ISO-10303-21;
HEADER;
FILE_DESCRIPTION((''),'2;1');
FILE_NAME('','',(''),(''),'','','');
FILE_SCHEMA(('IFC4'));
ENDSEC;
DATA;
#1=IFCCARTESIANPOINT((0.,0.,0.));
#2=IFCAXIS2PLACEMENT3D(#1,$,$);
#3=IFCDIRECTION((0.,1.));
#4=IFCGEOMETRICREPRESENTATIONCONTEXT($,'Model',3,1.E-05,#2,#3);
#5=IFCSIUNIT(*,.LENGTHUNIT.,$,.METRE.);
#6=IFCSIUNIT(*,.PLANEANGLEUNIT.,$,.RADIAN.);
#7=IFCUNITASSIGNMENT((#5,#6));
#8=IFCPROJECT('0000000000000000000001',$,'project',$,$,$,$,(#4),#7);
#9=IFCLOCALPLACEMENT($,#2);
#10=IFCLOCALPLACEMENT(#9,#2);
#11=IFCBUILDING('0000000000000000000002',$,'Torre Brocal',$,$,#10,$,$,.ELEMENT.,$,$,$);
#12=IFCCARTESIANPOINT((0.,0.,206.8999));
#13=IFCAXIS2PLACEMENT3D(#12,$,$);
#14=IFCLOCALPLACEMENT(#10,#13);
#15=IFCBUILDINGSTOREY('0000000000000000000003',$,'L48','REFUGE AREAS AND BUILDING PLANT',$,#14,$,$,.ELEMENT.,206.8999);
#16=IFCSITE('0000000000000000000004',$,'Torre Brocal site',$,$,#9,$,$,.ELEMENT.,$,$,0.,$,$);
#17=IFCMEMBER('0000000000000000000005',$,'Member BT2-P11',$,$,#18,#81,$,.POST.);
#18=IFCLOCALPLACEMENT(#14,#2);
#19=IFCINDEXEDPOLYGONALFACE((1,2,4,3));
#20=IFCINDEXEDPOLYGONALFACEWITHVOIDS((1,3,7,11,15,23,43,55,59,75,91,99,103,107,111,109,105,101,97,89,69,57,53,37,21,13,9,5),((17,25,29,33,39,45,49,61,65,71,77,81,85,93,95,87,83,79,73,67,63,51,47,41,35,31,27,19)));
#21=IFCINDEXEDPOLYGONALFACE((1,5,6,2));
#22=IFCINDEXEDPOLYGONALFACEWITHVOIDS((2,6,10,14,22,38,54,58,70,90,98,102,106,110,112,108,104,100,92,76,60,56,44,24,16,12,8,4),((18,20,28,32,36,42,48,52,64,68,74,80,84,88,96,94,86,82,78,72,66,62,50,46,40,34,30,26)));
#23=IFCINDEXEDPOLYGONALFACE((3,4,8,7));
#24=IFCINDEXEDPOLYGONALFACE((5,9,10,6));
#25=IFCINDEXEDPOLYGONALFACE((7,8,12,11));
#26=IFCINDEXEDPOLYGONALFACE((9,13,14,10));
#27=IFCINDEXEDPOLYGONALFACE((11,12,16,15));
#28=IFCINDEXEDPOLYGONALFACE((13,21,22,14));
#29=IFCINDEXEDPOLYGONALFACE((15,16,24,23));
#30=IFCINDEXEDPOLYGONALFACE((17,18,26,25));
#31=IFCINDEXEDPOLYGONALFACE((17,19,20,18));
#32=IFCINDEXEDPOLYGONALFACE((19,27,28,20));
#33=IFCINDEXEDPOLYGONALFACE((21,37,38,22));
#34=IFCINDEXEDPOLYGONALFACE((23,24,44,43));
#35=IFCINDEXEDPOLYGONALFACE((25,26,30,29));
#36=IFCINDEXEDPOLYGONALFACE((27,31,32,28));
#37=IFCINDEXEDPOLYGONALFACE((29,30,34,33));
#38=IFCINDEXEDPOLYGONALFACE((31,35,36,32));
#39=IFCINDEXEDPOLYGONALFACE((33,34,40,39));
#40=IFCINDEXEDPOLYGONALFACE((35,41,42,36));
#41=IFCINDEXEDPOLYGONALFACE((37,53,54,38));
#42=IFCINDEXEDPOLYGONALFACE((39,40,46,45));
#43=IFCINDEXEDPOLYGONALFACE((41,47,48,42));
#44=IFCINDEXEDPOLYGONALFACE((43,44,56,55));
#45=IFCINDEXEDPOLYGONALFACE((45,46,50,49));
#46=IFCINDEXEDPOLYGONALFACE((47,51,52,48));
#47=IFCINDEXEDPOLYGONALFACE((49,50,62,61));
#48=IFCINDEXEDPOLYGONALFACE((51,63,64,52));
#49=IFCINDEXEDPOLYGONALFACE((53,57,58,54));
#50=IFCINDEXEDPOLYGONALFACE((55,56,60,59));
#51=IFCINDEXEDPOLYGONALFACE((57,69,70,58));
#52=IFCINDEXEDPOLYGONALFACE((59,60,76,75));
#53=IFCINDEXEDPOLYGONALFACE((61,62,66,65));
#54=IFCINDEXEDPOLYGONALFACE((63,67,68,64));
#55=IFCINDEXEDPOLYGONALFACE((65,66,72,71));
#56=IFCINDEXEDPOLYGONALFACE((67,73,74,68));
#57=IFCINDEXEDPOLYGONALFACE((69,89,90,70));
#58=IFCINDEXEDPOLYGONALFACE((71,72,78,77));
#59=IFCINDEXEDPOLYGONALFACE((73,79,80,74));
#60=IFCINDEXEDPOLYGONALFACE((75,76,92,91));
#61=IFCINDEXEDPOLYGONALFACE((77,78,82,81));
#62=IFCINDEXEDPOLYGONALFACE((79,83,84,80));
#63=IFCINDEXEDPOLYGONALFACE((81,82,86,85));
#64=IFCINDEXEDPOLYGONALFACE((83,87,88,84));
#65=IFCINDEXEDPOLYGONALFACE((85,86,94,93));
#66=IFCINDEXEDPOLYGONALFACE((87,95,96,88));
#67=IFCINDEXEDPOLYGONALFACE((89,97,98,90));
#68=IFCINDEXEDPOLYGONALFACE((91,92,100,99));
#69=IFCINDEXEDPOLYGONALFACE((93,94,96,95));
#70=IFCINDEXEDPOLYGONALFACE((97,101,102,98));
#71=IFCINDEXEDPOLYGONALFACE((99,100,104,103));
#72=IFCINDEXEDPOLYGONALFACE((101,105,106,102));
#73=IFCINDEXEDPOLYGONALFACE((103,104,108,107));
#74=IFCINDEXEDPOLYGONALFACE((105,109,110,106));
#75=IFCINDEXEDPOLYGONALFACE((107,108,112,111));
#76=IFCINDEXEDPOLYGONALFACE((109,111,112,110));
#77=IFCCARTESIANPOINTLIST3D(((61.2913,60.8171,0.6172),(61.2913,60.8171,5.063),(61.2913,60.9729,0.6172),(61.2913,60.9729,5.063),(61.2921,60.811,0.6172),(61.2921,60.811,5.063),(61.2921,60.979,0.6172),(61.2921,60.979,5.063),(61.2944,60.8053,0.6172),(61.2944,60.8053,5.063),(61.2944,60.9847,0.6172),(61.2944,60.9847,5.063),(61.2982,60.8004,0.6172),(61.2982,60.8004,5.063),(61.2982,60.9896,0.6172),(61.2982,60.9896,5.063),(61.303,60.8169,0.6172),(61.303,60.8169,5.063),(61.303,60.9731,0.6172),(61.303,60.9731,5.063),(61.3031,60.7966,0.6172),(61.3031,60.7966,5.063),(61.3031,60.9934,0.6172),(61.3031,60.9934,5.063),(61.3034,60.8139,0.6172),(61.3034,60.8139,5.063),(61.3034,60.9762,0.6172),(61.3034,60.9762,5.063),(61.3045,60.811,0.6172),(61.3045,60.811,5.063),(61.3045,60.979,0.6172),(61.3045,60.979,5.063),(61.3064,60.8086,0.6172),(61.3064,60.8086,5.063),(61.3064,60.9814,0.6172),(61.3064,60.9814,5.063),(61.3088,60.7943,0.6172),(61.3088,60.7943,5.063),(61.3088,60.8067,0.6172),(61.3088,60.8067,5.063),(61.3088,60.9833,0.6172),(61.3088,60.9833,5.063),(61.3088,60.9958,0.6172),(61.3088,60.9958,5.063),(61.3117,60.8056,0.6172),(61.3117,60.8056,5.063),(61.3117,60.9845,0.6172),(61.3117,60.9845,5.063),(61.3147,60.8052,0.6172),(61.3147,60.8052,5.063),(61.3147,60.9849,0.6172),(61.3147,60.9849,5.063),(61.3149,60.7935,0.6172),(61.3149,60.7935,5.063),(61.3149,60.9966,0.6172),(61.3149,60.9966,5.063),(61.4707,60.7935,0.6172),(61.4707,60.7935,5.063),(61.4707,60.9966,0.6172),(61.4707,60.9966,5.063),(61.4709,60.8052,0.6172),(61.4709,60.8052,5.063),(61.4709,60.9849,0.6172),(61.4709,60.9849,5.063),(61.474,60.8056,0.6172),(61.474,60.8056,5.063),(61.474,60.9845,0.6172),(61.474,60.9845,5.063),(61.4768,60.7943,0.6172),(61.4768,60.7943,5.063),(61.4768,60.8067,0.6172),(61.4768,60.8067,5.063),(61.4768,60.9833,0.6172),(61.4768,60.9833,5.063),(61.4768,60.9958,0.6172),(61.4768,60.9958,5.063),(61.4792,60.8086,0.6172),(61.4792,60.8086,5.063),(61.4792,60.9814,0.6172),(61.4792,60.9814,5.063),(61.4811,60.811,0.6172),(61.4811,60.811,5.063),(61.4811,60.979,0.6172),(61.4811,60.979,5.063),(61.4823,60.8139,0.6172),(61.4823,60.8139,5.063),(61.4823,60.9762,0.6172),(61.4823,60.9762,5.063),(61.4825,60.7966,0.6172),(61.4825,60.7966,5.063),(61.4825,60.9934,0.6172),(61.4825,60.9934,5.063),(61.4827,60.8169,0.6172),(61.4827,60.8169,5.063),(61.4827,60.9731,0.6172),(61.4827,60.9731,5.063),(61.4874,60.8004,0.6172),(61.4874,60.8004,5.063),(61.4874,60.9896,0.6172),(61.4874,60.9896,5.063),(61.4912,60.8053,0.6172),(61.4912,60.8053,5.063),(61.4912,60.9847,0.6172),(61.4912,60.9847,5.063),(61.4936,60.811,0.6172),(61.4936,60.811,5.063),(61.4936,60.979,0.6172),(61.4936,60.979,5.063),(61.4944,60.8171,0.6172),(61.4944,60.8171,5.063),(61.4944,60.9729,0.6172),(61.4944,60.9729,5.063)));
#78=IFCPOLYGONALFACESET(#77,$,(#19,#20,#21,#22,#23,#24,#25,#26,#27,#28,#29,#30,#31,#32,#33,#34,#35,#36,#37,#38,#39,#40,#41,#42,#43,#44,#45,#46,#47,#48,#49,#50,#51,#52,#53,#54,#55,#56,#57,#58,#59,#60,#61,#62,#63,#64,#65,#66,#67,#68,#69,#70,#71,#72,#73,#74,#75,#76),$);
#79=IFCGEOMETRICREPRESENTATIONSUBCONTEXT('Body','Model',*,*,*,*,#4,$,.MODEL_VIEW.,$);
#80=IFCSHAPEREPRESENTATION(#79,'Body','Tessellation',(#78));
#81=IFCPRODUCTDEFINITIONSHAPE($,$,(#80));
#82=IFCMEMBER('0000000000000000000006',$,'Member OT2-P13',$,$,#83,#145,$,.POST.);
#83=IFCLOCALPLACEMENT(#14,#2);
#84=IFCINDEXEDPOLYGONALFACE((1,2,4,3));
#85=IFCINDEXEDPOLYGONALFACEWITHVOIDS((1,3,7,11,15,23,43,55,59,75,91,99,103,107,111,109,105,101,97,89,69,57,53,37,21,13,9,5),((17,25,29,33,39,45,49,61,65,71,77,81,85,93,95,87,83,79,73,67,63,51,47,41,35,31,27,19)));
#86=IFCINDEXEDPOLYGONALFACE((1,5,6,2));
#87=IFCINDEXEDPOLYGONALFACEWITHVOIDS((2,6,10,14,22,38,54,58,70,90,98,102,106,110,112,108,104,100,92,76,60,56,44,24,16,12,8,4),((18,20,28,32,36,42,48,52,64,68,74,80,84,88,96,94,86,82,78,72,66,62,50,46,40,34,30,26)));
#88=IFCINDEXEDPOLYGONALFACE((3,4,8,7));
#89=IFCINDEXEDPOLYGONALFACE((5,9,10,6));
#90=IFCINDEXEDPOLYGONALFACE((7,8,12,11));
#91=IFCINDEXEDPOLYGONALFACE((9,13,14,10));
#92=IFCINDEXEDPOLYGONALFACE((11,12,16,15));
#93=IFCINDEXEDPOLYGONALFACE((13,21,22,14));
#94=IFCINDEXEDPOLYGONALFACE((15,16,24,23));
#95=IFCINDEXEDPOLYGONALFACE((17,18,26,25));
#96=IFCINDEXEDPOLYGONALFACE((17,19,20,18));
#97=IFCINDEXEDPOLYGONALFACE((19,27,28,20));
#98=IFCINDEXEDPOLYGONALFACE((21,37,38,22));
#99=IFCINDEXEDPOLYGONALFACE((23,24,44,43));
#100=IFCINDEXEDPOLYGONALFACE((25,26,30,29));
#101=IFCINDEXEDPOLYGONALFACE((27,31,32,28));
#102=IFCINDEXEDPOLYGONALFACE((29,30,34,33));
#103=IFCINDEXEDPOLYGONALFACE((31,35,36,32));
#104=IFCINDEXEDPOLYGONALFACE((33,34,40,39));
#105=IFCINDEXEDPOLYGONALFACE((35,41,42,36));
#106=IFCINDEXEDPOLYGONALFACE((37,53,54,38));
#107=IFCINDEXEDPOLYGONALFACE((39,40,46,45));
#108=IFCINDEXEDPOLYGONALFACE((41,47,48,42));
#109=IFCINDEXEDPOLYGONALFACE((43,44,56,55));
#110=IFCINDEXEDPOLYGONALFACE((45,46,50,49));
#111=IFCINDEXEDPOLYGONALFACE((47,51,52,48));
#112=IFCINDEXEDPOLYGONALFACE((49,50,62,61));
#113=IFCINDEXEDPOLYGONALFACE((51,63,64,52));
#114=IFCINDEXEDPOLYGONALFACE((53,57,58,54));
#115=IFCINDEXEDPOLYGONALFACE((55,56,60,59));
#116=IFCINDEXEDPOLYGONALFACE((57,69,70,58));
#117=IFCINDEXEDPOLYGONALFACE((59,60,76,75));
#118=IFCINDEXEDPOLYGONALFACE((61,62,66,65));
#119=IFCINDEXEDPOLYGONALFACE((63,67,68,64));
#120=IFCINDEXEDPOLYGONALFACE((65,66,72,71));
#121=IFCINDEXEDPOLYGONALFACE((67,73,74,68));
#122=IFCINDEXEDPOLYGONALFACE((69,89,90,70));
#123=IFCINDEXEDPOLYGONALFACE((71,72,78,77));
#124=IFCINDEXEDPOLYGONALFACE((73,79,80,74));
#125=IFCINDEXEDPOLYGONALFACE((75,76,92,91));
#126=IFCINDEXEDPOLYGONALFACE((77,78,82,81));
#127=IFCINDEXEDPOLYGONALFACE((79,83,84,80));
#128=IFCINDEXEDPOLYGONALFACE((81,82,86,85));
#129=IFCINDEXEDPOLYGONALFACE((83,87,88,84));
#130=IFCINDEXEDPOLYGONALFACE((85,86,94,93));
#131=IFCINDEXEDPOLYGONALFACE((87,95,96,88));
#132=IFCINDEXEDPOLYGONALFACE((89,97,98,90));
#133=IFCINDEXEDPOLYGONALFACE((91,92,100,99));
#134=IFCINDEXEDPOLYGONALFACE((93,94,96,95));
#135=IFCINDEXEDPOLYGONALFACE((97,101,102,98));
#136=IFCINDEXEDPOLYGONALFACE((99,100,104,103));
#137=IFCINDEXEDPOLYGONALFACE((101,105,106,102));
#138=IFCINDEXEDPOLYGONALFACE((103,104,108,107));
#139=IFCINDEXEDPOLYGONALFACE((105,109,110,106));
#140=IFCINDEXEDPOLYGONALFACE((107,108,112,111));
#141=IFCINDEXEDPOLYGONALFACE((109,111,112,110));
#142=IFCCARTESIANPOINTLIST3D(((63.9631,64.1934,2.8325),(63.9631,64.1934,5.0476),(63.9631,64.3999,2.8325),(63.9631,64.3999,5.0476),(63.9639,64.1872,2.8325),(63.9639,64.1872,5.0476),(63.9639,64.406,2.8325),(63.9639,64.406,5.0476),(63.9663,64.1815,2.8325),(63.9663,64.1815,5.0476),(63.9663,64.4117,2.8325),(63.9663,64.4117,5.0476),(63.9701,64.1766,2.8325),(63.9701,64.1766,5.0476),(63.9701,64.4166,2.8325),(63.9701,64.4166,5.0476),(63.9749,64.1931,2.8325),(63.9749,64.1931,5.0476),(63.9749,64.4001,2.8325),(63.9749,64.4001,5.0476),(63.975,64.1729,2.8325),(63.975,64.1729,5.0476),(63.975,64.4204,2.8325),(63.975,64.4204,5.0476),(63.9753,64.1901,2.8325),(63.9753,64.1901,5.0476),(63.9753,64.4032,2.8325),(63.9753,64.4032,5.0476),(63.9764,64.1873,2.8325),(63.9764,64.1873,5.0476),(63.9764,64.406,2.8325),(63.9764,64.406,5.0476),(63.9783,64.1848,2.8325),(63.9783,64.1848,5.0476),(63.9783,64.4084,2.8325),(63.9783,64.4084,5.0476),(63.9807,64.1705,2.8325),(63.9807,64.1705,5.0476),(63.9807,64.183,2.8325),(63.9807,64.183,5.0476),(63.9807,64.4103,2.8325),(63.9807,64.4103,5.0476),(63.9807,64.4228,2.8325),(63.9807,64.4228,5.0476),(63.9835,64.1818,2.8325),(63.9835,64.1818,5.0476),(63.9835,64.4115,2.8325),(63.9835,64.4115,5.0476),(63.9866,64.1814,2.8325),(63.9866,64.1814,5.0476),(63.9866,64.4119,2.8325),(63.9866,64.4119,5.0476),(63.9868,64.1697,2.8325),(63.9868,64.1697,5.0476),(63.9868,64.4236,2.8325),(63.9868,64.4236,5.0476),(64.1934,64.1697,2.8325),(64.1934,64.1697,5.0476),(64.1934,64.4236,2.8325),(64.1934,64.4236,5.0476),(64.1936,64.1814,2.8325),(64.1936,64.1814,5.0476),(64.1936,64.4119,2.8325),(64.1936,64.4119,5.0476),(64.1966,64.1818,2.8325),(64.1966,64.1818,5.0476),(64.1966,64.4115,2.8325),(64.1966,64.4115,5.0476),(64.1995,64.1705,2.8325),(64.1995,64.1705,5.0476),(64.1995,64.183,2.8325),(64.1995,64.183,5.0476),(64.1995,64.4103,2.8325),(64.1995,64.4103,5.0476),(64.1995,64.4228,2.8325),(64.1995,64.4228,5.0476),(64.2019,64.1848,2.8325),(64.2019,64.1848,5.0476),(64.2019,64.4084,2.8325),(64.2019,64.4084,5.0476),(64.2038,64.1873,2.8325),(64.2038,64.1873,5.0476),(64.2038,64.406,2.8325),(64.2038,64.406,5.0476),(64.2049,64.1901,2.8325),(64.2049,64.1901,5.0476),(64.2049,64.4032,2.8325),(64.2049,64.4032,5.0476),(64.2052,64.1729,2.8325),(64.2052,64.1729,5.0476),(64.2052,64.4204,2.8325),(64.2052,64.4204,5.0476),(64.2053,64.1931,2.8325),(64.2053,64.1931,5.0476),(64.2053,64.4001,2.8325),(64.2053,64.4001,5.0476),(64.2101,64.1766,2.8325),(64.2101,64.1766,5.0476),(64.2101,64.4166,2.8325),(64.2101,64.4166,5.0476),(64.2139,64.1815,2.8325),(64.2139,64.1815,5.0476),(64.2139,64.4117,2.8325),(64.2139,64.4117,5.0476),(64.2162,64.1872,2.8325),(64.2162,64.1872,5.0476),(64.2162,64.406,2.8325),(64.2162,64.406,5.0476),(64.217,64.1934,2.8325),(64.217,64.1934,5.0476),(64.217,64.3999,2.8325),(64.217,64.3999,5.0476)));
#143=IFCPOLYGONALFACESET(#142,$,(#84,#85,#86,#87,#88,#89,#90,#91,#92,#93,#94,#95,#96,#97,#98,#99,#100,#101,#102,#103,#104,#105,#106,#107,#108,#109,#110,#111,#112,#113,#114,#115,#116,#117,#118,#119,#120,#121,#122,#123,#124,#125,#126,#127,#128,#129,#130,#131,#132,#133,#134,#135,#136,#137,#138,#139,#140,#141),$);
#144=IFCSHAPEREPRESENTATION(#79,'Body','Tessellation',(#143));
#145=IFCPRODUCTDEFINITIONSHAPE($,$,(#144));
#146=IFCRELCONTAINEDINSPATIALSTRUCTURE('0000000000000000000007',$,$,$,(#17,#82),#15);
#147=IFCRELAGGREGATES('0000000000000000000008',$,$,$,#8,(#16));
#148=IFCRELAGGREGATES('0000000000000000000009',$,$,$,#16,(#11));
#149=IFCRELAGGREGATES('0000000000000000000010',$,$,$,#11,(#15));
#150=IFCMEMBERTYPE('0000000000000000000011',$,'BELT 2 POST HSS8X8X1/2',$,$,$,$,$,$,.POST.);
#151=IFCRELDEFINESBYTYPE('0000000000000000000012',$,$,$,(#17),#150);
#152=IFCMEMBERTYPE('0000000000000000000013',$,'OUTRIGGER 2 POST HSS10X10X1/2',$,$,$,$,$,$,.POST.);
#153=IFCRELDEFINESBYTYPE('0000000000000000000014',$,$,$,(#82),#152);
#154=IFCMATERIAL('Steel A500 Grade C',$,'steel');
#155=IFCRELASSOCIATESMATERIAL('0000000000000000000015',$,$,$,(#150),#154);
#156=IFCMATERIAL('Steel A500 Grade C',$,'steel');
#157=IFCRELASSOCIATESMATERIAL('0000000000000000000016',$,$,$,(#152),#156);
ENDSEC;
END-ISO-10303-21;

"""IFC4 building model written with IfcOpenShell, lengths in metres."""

from ifc_helpers import new_model, si_unit, direction, frame, origin, origin_2d, place, context, subcontext, project, spatial, hollow_rectangle, extrude, material, material_profile, profile_set, type_object, element, save


model = new_model("IFC4")

# Units and contexts
model_context = context("Model", 3, precision=1e-05, world=origin(), true_north=direction((0.0, 1.0)))
body_context = subcontext(model_context, "Body", "Model", "MODEL_VIEW")
ifc_project = project(units=[si_unit("LENGTHUNIT", "METRE"), si_unit("PLANEANGLEUNIT", "RADIAN")], contexts=[model_context])

# Site, building, storey
site_placement = place(None, origin())
site = spatial("IfcSite", under=ifc_project, at=site_placement, Name="Torre Brocal site", CompositionType="ELEMENT", RefElevation=0.0)
building_placement = place(site_placement, origin())
building = spatial("IfcBuilding", under=site, at=building_placement, Name="Torre Brocal", CompositionType="ELEMENT")
storey_placement = place(building_placement, frame((0.0, 0.0, 206.8999)))
storey = spatial("IfcBuildingStorey", under=building, at=storey_placement, Name="L48", Description="REFUGE AREAS AND BUILDING PLANT", CompositionType="ELEMENT", Elevation=206.8999)

# Members
ifc_material_1 = material(Name="Steel A500 Grade C", Category="steel")
ifc_material_profile_1 = material_profile(ifc_material_1, hollow_rectangle(XDim=0.2031, YDim=0.2031, WallThickness=0.0117, InnerFilletRadius=0.0117, OuterFilletRadius=0.0237, at=origin_2d()), Name="HSS8X8X1/2")
ifc_profile_set_1 = profile_set([ifc_material_profile_1], Name="Steel A500 Grade C")
member_type_1 = type_object("IfcMemberType", Name="BELT 2 POST HSS8X8X1/2", PredefinedType="POST", material=ifc_profile_set_1)
member_placement = place(storey_placement, frame((61.3928, 60.895, 0.6172), z_axis=(0.0, 0.0, 1.0), x_axis=(1.0, 0.0, 0.0)))
element("IfcMember", 1, at=member_placement, inside=storey, type_object=member_type_1, Name="Member BT2-P11", PredefinedType="POST", context=body_context, shape_type="SweptSolid", body=[
    extrude(hollow_rectangle(XDim=0.2031, YDim=0.2031, WallThickness=0.0117, InnerFilletRadius=0.0117, OuterFilletRadius=0.0237, at=origin_2d()), origin(), (0.0, 0.0, 1.0), 4.4458),
])
ifc_material_2 = material(Name="Steel A500 Grade C", Category="steel")
ifc_material_profile_2 = material_profile(ifc_material_2, hollow_rectangle(XDim=0.2539, YDim=0.2539, WallThickness=0.0117, InnerFilletRadius=0.0117, OuterFilletRadius=0.0237, at=origin_2d()), Name="HSS10X10X1/2")
ifc_profile_set_2 = profile_set([ifc_material_profile_2], Name="Steel A500 Grade C")
member_type_2 = type_object("IfcMemberType", Name="OUTRIGGER 2 POST HSS10X10X1/2", PredefinedType="POST", material=ifc_profile_set_2)
for number, where, z_axis, x_axis, name in (
    (2, (64.0901, 64.2966, 2.8325), (0.0, 0.0, 1.0), (1.0, 0.0, 0.0), "Member OT2-P13"),
):
    element("IfcMember", number, at=place(storey_placement, frame(where, z_axis=z_axis, x_axis=x_axis)), inside=storey, type_object=member_type_2, Name=name, PredefinedType="POST", context=body_context, shape_type="SweptSolid", body=[
        extrude(hollow_rectangle(XDim=0.2539, YDim=0.2539, WallThickness=0.0117, InnerFilletRadius=0.0117, OuterFilletRadius=0.0237, at=origin_2d()), origin(), (0.0, 0.0, 1.0), 2.2151),
    ])

save(model, "model.ifc")
